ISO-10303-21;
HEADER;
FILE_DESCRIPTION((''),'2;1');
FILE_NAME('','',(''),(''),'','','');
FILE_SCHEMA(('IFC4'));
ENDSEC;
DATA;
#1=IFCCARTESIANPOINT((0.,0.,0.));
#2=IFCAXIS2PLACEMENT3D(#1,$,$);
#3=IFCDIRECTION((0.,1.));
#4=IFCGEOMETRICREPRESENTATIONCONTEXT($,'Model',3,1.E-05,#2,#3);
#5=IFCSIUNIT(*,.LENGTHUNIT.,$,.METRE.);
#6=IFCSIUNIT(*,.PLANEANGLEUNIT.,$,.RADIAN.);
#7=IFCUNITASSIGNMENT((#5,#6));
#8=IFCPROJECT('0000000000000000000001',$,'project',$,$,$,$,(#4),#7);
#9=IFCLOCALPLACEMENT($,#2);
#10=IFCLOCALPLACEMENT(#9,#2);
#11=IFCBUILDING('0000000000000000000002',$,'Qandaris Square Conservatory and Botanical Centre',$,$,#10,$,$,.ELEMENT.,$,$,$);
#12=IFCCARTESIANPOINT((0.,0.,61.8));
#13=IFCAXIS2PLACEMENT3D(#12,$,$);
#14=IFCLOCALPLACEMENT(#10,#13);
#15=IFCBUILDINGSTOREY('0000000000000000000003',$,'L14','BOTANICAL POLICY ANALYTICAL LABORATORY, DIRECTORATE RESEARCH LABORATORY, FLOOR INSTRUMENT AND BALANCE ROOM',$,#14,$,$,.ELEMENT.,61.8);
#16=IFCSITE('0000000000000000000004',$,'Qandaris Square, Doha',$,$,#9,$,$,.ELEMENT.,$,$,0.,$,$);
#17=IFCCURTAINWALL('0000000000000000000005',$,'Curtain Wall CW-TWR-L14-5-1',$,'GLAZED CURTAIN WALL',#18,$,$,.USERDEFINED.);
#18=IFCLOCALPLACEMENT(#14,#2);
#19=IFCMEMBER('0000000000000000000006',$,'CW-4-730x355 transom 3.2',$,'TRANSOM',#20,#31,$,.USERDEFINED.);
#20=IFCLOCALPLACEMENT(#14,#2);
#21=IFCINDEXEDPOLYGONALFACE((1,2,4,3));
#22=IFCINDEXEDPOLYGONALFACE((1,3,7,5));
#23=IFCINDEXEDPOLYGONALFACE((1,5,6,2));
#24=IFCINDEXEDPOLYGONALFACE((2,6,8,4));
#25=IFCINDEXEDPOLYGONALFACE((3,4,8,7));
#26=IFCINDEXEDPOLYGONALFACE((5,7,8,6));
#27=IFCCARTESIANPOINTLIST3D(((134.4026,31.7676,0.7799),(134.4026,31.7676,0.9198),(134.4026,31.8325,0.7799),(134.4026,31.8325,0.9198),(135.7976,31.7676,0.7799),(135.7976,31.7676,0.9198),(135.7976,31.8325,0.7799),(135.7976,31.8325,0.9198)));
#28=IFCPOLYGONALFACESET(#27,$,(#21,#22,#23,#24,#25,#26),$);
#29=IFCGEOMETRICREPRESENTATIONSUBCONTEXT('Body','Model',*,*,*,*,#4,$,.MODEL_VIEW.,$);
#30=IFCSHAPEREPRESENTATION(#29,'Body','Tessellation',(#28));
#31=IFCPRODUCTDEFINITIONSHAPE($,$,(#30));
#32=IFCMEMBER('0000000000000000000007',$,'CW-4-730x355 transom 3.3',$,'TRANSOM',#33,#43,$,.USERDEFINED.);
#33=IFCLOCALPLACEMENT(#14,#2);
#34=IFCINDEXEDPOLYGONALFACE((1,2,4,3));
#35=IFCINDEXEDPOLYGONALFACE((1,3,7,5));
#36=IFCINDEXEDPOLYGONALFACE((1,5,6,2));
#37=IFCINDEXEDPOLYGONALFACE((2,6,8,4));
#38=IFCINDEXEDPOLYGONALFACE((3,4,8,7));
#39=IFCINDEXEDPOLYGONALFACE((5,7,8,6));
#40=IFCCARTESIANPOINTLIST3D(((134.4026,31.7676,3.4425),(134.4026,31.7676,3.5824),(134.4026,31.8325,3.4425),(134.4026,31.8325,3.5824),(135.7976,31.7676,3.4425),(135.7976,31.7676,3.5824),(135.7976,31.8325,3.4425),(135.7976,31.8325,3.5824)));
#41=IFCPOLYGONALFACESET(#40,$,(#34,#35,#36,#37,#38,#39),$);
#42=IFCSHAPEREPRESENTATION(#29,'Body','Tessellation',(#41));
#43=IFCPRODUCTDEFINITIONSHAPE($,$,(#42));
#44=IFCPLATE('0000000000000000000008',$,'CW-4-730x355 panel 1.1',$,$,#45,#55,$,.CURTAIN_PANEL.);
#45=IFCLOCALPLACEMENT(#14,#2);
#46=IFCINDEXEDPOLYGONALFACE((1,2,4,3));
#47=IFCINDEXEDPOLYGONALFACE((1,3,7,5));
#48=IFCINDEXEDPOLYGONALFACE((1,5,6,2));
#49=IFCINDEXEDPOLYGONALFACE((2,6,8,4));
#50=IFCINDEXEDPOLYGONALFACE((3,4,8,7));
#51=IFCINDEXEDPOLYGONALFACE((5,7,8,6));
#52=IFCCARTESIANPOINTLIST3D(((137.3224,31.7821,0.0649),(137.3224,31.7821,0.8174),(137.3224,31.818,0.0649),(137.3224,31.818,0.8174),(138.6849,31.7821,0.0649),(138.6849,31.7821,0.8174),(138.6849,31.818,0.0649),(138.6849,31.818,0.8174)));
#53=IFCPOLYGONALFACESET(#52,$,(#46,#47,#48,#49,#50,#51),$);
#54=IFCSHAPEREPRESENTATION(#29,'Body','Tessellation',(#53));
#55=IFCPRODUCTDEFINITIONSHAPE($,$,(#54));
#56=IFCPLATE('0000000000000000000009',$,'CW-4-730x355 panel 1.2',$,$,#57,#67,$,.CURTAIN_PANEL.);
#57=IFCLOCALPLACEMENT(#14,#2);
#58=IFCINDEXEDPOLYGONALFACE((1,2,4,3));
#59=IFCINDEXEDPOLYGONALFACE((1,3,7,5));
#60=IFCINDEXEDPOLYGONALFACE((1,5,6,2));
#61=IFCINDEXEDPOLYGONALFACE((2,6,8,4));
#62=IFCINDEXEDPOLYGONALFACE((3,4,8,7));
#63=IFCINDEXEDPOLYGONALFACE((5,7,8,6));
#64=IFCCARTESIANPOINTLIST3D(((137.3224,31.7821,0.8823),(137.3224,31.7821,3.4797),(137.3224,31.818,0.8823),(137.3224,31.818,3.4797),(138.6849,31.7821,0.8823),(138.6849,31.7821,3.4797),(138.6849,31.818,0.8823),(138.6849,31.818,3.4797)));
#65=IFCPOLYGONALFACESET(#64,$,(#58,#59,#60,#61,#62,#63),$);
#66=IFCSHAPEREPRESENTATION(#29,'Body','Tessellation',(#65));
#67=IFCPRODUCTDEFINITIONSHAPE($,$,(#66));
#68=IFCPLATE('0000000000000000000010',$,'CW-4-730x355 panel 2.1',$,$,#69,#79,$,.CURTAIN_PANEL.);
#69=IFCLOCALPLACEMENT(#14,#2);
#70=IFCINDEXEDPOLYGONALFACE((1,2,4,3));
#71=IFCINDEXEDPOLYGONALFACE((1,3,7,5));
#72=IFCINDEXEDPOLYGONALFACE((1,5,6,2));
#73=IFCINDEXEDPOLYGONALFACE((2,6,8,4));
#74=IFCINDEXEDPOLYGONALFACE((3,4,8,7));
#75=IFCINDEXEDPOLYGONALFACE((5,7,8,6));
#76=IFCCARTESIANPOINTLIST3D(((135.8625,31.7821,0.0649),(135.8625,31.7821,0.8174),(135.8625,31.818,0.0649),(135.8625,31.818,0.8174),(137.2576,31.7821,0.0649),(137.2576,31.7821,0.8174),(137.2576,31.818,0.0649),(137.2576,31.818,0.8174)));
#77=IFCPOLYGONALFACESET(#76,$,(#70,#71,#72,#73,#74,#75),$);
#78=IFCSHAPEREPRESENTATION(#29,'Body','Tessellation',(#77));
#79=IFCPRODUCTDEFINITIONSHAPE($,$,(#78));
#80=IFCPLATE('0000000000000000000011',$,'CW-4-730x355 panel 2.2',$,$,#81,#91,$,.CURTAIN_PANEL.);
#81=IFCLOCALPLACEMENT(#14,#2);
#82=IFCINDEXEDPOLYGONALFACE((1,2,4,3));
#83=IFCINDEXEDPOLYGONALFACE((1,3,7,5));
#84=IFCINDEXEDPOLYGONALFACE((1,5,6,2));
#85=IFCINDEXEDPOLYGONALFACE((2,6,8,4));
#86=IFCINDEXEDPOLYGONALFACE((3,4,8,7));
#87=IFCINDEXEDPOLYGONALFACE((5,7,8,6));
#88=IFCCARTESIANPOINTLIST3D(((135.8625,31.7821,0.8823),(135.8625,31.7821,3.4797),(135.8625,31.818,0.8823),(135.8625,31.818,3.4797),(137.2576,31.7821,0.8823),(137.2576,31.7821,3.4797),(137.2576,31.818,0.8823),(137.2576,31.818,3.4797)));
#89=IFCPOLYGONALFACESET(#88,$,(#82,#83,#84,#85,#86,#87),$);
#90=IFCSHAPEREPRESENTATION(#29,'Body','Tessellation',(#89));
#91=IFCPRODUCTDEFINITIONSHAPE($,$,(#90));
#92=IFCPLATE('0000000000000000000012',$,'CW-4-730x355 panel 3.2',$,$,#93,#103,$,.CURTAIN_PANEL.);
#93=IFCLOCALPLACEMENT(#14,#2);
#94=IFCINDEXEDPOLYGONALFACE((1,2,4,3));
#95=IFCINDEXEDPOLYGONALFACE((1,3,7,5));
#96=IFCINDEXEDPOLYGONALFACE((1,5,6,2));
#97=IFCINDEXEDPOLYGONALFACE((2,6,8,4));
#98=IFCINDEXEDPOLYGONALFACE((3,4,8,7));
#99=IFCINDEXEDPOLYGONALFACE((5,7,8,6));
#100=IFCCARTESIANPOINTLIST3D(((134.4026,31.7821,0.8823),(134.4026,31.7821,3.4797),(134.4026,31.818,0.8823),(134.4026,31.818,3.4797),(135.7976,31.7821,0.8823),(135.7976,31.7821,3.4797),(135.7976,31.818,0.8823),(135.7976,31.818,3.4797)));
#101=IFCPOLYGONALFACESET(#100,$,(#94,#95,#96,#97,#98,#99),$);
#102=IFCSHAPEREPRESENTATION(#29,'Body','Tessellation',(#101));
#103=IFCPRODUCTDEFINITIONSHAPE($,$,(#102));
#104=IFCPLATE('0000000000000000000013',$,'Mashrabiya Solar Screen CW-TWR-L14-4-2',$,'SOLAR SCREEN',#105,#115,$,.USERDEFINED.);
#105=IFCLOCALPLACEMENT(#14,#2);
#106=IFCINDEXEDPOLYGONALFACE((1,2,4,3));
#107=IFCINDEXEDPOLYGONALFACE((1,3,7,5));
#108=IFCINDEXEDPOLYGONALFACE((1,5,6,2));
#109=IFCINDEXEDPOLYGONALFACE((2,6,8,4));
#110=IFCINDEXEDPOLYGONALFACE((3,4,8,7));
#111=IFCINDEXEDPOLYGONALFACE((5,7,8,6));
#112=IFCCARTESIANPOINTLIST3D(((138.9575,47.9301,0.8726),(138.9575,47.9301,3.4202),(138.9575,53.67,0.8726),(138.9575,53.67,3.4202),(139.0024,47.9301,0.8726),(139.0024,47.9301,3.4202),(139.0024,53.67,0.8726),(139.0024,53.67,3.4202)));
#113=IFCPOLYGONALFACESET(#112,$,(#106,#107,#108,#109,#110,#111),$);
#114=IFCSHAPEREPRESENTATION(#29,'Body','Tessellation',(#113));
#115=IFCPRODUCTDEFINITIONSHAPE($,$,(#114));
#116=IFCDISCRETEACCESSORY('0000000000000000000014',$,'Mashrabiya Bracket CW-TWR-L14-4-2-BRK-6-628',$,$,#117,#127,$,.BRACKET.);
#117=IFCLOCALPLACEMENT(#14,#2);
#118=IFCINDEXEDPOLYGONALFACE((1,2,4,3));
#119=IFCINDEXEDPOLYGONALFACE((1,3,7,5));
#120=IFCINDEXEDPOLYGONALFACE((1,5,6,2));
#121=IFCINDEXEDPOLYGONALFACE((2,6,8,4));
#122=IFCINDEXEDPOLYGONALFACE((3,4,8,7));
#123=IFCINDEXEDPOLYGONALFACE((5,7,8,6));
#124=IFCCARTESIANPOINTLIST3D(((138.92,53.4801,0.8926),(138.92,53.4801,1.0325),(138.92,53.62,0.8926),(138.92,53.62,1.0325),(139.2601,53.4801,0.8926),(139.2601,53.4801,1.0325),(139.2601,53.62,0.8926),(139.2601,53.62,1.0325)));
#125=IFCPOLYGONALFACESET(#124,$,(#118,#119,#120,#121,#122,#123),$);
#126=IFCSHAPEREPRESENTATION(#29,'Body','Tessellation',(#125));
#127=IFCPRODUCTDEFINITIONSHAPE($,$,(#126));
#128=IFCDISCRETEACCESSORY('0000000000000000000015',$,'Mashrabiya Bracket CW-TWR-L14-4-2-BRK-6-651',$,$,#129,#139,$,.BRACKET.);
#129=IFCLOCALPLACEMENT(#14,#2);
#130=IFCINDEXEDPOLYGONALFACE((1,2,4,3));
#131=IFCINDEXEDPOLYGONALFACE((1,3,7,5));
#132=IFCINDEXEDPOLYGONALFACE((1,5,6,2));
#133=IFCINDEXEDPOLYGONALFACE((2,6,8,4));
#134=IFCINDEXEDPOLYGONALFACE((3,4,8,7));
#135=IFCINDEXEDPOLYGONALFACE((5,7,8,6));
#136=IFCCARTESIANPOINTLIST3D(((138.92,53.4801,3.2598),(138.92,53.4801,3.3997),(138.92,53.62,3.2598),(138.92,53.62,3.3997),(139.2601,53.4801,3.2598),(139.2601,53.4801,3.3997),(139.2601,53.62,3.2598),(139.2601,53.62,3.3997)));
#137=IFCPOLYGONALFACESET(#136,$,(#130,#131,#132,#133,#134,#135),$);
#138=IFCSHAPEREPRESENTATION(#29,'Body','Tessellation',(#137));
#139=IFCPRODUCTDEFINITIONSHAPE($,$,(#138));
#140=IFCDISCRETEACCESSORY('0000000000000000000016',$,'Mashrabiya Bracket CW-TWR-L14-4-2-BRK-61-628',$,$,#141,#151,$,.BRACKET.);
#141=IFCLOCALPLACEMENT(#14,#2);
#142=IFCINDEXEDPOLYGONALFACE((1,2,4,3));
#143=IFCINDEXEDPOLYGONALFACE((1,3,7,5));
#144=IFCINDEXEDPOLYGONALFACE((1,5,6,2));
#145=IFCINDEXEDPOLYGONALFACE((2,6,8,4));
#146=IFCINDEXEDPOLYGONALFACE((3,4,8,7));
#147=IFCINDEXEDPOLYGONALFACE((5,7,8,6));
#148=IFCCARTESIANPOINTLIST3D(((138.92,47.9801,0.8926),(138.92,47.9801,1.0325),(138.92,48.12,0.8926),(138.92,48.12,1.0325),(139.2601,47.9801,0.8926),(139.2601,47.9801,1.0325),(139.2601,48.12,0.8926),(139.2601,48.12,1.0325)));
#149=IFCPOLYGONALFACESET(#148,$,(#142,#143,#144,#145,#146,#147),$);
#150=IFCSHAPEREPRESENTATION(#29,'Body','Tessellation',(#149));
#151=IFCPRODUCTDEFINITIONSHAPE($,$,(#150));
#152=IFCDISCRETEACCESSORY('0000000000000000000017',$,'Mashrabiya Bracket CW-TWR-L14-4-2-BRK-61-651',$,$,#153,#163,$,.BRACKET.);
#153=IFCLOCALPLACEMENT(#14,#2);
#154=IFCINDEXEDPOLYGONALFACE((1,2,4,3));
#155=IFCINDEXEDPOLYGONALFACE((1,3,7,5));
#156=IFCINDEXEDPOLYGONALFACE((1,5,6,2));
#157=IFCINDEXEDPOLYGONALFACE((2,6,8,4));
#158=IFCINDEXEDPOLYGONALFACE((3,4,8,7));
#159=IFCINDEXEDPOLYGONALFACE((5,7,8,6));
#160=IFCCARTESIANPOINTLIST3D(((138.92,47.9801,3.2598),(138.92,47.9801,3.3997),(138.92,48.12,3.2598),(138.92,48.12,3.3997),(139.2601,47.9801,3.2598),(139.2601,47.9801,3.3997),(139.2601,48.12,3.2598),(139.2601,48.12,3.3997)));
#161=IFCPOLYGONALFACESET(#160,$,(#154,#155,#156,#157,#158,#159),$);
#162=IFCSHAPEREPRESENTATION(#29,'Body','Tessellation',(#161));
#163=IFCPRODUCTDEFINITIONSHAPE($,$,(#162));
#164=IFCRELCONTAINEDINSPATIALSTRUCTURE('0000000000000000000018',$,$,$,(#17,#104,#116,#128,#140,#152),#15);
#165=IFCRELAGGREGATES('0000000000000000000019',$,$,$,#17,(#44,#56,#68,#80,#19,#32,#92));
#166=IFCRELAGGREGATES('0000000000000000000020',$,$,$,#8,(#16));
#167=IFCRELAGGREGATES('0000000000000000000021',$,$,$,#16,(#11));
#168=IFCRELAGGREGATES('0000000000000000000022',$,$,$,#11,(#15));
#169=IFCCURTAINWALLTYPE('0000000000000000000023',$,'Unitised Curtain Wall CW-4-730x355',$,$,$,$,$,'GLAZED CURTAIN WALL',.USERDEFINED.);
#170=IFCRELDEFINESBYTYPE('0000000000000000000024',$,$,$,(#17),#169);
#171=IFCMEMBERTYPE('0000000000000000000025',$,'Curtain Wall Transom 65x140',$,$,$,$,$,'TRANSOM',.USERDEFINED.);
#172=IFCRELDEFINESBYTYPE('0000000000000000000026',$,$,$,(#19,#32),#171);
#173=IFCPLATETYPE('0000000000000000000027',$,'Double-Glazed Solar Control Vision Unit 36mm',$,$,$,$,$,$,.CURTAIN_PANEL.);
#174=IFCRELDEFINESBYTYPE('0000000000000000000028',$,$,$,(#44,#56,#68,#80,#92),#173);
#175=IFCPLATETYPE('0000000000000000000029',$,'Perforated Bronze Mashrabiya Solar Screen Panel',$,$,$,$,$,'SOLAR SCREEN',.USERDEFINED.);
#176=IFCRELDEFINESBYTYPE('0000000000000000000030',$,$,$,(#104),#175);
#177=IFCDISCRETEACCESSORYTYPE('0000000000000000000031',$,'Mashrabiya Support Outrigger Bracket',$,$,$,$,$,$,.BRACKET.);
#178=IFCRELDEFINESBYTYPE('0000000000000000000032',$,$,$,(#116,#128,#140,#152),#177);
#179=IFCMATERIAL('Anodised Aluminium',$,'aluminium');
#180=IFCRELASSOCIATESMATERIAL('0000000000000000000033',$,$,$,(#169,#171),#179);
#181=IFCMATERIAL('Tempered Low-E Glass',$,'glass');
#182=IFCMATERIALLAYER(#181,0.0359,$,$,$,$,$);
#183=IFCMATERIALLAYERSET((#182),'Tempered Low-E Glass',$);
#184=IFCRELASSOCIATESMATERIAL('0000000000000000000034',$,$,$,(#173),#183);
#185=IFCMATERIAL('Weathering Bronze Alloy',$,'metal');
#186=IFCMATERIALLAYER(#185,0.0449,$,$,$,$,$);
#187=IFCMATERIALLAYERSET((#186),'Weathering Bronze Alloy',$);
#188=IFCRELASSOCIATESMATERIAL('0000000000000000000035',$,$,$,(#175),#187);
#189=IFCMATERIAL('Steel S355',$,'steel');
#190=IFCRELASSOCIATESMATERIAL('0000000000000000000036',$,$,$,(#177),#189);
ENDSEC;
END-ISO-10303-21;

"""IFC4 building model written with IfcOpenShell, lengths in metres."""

from ifc_helpers import new_model, si_unit, direction, frame, origin, origin_2d, place, context, subcontext, project, spatial, rectangle, extrude, material, layer, layer_set, material_profile, profile_set, type_object, element, aggregate, save


model = new_model("IFC4")

# Units and contexts
model_context = context("Model", 3, precision=1e-05, world=origin(), true_north=direction((0.0, 1.0)))
body_context = subcontext(model_context, "Body", "Model", "MODEL_VIEW")
ifc_project = project(units=[si_unit("LENGTHUNIT", "METRE"), si_unit("PLANEANGLEUNIT", "RADIAN")], contexts=[model_context])

# Site, building, storey
site_placement = place(None, origin())
site = spatial("IfcSite", under=ifc_project, at=site_placement, Name="Qandaris Square, Doha", CompositionType="ELEMENT", RefElevation=0.0)
building_placement = place(site_placement, origin())
building = spatial("IfcBuilding", under=site, at=building_placement, Name="Qandaris Square Conservatory and Botanical Centre", CompositionType="ELEMENT")
storey_placement = place(building_placement, frame((0.0, 0.0, 61.8)))
storey = spatial("IfcBuildingStorey", under=building, at=storey_placement, Name="L14", Description="BOTANICAL POLICY ANALYTICAL LABORATORY, DIRECTORATE RESEARCH LABORATORY, FLOOR INSTRUMENT AND BALANCE ROOM", CompositionType="ELEMENT", Elevation=61.8)

# Curtain wall, members, plates
ifc_material_1 = material(Name="Anodised Aluminium", Category="aluminium")
curtain_wall_type = type_object("IfcCurtainWallType", Name="Unitised Curtain Wall CW-4-730x355", ElementType="GLAZED CURTAIN WALL", PredefinedType="USERDEFINED", material=ifc_material_1)
curtain_wall_placement = place(storey_placement, origin())
curtain_wall = element("IfcCurtainWall", 1, at=curtain_wall_placement, inside=storey, type_object=curtain_wall_type, Name="Curtain Wall CW-TWR-L14-5-1", ObjectType="GLAZED CURTAIN WALL", PredefinedType="USERDEFINED")
ifc_material_profile_1 = material_profile(ifc_material_1, rectangle(XDim=0.0649, YDim=0.1399, at=origin_2d()), Name="ALU-TRN 65x140")
ifc_profile_set_1 = profile_set([ifc_material_profile_1], Name="Anodised Aluminium")
member_type_1 = type_object("IfcMemberType", Name="Curtain Wall Transom 65x140", ElementType="TRANSOM", PredefinedType="USERDEFINED", material=ifc_profile_set_1)
member_1_placement = place(storey_placement, frame((135.7976, 31.8, 0.8499), z_axis=(-1.0, 0.0, 0.0), x_axis=(0.0, -1.0, 0.0)))
member_1 = element("IfcMember", 2, at=member_1_placement, type_object=member_type_1, Name="CW-4-730x355 transom 3.2", ObjectType="TRANSOM", PredefinedType="USERDEFINED", context=body_context, shape_type="SweptSolid", body=[
    extrude(rectangle(XDim=0.0649, YDim=0.1399, at=origin_2d()), origin(), (0.0, 0.0, 1.0), 1.395),
])
member_2_placement = place(storey_placement, frame((135.7976, 31.8, 3.5125), z_axis=(-1.0, 0.0, 0.0), x_axis=(0.0, -1.0, 0.0)))
member_2 = element("IfcMember", 3, at=member_2_placement, type_object=member_type_1, Name="CW-4-730x355 transom 3.3", ObjectType="TRANSOM", PredefinedType="USERDEFINED", context=body_context, shape_type="SweptSolid", body=[
    extrude(rectangle(XDim=0.0649, YDim=0.1399, at=origin_2d()), origin(), (0.0, 0.0, 1.0), 1.395),
])
ifc_material_2 = material(Name="Tempered Low-E Glass", Category="glass")
ifc_layer_1 = layer(ifc_material_2, 0.0359)
ifc_layer_set_1 = layer_set([ifc_layer_1], Name="Tempered Low-E Glass")
plate_type_1 = type_object("IfcPlateType", Name="Double-Glazed Solar Control Vision Unit 36mm", PredefinedType="CURTAIN_PANEL", material=ifc_layer_set_1)
plate_1_placement = place(storey_placement, frame((138.0037, 31.8, 0.0649), z_axis=(0.0, 0.0, 1.0), x_axis=(-1.0, 0.0, 0.0)))
plate_1 = element("IfcPlate", 4, at=plate_1_placement, type_object=plate_type_1, Name="CW-4-730x355 panel 1.1", PredefinedType="CURTAIN_PANEL", context=body_context, shape_type="SweptSolid", body=[
    extrude(rectangle(XDim=1.3625, YDim=0.0359, at=origin_2d()), origin(), (0.0, 0.0, 1.0), 0.7524),
])
plate_2_placement = place(storey_placement, frame((138.0037, 31.8, 0.8823), z_axis=(0.0, 0.0, 1.0), x_axis=(-1.0, 0.0, 0.0)))
plate_2 = element("IfcPlate", 5, at=plate_2_placement, type_object=plate_type_1, Name="CW-4-730x355 panel 1.2", PredefinedType="CURTAIN_PANEL", context=body_context, shape_type="SweptSolid", body=[
    extrude(rectangle(XDim=1.3625, YDim=0.0359, at=origin_2d()), origin(), (0.0, 0.0, 1.0), 2.5974),
])
plate_3_placement = place(storey_placement, frame((136.5601, 31.8, 0.0649), z_axis=(0.0, 0.0, 1.0), x_axis=(-1.0, 0.0, 0.0)))
plate_3 = element("IfcPlate", 6, at=plate_3_placement, type_object=plate_type_1, Name="CW-4-730x355 panel 2.1", PredefinedType="CURTAIN_PANEL", context=body_context, shape_type="SweptSolid", body=[
    extrude(rectangle(XDim=1.395, YDim=0.0359, at=origin_2d()), origin(), (0.0, 0.0, 1.0), 0.7524),
])
plate_4_placement = place(storey_placement, frame((136.5601, 31.8, 0.8823), z_axis=(0.0, 0.0, 1.0), x_axis=(-1.0, 0.0, 0.0)))
plate_4 = element("IfcPlate", 7, at=plate_4_placement, type_object=plate_type_1, Name="CW-4-730x355 panel 2.2", PredefinedType="CURTAIN_PANEL", context=body_context, shape_type="SweptSolid", body=[
    extrude(rectangle(XDim=1.395, YDim=0.0359, at=origin_2d()), origin(), (0.0, 0.0, 1.0), 2.5974),
])
plate_5_placement = place(storey_placement, frame((135.1001, 31.8, 0.8823), z_axis=(0.0, 0.0, 1.0), x_axis=(-1.0, 0.0, 0.0)))
plate_5 = element("IfcPlate", 8, at=plate_5_placement, type_object=plate_type_1, Name="CW-4-730x355 panel 3.2", PredefinedType="CURTAIN_PANEL", context=body_context, shape_type="SweptSolid", body=[
    extrude(rectangle(XDim=1.395, YDim=0.0359, at=origin_2d()), origin(), (0.0, 0.0, 1.0), 2.5974),
])
aggregate(curtain_wall, [plate_1, plate_2, plate_3, plate_4, member_1, member_2, plate_5])

# Plate
ifc_material_3 = material(Name="Weathering Bronze Alloy", Category="metal")
ifc_layer_2 = layer(ifc_material_3, 0.0449)
ifc_layer_set_2 = layer_set([ifc_layer_2], Name="Weathering Bronze Alloy")
plate_type_2 = type_object("IfcPlateType", Name="Perforated Bronze Mashrabiya Solar Screen Panel", ElementType="SOLAR SCREEN", PredefinedType="USERDEFINED", material=ifc_layer_set_2)
plate_6_placement = place(storey_placement, frame((138.98, 50.8, 0.8726), z_axis=(0.0, 0.0, 1.0), x_axis=(0.0, -1.0, 0.0)))
element("IfcPlate", 9, at=plate_6_placement, inside=storey, type_object=plate_type_2, Name="Mashrabiya Solar Screen CW-TWR-L14-4-2", ObjectType="SOLAR SCREEN", PredefinedType="USERDEFINED", context=body_context, shape_type="SweptSolid", body=[
    extrude(rectangle(XDim=5.74, YDim=0.0449, at=origin_2d()), origin(), (0.0, 0.0, 1.0), 2.5476),
])

# Discrete accessories
ifc_material_4 = material(Name="Steel S355", Category="steel")
discrete_accessory_type = type_object("IfcDiscreteAccessoryType", Name="Mashrabiya Support Outrigger Bracket", PredefinedType="BRACKET", material=ifc_material_4)
for number, where, z_axis, x_axis, name in (
    (10, (139.0901, 53.55, 0.8926), (0.0, 0.0, 1.0), (0.0, -1.0, 0.0), "Mashrabiya Bracket CW-TWR-L14-4-2-BRK-6-628"),
    (11, (139.0901, 53.55, 3.2598), (0.0, 0.0, 1.0), (0.0, -1.0, 0.0), "Mashrabiya Bracket CW-TWR-L14-4-2-BRK-6-651"),
    (12, (139.0901, 48.05, 0.8926), (0.0, 0.0, 1.0), (0.0, -1.0, 0.0), "Mashrabiya Bracket CW-TWR-L14-4-2-BRK-61-628"),
    (13, (139.0901, 48.05, 3.2598), (0.0, 0.0, 1.0), (0.0, -1.0, 0.0), "Mashrabiya Bracket CW-TWR-L14-4-2-BRK-61-651"),
):
    element("IfcDiscreteAccessory", number, at=place(storey_placement, frame(where, z_axis=z_axis, x_axis=x_axis)), inside=storey, type_object=discrete_accessory_type, Name=name, PredefinedType="BRACKET", context=body_context, shape_type="SweptSolid", body=[
        extrude(rectangle(XDim=0.1399, YDim=0.3401, at=origin_2d()), origin(), (0.0, 0.0, 1.0), 0.1399),
    ])

save(model, "model.ifc")
